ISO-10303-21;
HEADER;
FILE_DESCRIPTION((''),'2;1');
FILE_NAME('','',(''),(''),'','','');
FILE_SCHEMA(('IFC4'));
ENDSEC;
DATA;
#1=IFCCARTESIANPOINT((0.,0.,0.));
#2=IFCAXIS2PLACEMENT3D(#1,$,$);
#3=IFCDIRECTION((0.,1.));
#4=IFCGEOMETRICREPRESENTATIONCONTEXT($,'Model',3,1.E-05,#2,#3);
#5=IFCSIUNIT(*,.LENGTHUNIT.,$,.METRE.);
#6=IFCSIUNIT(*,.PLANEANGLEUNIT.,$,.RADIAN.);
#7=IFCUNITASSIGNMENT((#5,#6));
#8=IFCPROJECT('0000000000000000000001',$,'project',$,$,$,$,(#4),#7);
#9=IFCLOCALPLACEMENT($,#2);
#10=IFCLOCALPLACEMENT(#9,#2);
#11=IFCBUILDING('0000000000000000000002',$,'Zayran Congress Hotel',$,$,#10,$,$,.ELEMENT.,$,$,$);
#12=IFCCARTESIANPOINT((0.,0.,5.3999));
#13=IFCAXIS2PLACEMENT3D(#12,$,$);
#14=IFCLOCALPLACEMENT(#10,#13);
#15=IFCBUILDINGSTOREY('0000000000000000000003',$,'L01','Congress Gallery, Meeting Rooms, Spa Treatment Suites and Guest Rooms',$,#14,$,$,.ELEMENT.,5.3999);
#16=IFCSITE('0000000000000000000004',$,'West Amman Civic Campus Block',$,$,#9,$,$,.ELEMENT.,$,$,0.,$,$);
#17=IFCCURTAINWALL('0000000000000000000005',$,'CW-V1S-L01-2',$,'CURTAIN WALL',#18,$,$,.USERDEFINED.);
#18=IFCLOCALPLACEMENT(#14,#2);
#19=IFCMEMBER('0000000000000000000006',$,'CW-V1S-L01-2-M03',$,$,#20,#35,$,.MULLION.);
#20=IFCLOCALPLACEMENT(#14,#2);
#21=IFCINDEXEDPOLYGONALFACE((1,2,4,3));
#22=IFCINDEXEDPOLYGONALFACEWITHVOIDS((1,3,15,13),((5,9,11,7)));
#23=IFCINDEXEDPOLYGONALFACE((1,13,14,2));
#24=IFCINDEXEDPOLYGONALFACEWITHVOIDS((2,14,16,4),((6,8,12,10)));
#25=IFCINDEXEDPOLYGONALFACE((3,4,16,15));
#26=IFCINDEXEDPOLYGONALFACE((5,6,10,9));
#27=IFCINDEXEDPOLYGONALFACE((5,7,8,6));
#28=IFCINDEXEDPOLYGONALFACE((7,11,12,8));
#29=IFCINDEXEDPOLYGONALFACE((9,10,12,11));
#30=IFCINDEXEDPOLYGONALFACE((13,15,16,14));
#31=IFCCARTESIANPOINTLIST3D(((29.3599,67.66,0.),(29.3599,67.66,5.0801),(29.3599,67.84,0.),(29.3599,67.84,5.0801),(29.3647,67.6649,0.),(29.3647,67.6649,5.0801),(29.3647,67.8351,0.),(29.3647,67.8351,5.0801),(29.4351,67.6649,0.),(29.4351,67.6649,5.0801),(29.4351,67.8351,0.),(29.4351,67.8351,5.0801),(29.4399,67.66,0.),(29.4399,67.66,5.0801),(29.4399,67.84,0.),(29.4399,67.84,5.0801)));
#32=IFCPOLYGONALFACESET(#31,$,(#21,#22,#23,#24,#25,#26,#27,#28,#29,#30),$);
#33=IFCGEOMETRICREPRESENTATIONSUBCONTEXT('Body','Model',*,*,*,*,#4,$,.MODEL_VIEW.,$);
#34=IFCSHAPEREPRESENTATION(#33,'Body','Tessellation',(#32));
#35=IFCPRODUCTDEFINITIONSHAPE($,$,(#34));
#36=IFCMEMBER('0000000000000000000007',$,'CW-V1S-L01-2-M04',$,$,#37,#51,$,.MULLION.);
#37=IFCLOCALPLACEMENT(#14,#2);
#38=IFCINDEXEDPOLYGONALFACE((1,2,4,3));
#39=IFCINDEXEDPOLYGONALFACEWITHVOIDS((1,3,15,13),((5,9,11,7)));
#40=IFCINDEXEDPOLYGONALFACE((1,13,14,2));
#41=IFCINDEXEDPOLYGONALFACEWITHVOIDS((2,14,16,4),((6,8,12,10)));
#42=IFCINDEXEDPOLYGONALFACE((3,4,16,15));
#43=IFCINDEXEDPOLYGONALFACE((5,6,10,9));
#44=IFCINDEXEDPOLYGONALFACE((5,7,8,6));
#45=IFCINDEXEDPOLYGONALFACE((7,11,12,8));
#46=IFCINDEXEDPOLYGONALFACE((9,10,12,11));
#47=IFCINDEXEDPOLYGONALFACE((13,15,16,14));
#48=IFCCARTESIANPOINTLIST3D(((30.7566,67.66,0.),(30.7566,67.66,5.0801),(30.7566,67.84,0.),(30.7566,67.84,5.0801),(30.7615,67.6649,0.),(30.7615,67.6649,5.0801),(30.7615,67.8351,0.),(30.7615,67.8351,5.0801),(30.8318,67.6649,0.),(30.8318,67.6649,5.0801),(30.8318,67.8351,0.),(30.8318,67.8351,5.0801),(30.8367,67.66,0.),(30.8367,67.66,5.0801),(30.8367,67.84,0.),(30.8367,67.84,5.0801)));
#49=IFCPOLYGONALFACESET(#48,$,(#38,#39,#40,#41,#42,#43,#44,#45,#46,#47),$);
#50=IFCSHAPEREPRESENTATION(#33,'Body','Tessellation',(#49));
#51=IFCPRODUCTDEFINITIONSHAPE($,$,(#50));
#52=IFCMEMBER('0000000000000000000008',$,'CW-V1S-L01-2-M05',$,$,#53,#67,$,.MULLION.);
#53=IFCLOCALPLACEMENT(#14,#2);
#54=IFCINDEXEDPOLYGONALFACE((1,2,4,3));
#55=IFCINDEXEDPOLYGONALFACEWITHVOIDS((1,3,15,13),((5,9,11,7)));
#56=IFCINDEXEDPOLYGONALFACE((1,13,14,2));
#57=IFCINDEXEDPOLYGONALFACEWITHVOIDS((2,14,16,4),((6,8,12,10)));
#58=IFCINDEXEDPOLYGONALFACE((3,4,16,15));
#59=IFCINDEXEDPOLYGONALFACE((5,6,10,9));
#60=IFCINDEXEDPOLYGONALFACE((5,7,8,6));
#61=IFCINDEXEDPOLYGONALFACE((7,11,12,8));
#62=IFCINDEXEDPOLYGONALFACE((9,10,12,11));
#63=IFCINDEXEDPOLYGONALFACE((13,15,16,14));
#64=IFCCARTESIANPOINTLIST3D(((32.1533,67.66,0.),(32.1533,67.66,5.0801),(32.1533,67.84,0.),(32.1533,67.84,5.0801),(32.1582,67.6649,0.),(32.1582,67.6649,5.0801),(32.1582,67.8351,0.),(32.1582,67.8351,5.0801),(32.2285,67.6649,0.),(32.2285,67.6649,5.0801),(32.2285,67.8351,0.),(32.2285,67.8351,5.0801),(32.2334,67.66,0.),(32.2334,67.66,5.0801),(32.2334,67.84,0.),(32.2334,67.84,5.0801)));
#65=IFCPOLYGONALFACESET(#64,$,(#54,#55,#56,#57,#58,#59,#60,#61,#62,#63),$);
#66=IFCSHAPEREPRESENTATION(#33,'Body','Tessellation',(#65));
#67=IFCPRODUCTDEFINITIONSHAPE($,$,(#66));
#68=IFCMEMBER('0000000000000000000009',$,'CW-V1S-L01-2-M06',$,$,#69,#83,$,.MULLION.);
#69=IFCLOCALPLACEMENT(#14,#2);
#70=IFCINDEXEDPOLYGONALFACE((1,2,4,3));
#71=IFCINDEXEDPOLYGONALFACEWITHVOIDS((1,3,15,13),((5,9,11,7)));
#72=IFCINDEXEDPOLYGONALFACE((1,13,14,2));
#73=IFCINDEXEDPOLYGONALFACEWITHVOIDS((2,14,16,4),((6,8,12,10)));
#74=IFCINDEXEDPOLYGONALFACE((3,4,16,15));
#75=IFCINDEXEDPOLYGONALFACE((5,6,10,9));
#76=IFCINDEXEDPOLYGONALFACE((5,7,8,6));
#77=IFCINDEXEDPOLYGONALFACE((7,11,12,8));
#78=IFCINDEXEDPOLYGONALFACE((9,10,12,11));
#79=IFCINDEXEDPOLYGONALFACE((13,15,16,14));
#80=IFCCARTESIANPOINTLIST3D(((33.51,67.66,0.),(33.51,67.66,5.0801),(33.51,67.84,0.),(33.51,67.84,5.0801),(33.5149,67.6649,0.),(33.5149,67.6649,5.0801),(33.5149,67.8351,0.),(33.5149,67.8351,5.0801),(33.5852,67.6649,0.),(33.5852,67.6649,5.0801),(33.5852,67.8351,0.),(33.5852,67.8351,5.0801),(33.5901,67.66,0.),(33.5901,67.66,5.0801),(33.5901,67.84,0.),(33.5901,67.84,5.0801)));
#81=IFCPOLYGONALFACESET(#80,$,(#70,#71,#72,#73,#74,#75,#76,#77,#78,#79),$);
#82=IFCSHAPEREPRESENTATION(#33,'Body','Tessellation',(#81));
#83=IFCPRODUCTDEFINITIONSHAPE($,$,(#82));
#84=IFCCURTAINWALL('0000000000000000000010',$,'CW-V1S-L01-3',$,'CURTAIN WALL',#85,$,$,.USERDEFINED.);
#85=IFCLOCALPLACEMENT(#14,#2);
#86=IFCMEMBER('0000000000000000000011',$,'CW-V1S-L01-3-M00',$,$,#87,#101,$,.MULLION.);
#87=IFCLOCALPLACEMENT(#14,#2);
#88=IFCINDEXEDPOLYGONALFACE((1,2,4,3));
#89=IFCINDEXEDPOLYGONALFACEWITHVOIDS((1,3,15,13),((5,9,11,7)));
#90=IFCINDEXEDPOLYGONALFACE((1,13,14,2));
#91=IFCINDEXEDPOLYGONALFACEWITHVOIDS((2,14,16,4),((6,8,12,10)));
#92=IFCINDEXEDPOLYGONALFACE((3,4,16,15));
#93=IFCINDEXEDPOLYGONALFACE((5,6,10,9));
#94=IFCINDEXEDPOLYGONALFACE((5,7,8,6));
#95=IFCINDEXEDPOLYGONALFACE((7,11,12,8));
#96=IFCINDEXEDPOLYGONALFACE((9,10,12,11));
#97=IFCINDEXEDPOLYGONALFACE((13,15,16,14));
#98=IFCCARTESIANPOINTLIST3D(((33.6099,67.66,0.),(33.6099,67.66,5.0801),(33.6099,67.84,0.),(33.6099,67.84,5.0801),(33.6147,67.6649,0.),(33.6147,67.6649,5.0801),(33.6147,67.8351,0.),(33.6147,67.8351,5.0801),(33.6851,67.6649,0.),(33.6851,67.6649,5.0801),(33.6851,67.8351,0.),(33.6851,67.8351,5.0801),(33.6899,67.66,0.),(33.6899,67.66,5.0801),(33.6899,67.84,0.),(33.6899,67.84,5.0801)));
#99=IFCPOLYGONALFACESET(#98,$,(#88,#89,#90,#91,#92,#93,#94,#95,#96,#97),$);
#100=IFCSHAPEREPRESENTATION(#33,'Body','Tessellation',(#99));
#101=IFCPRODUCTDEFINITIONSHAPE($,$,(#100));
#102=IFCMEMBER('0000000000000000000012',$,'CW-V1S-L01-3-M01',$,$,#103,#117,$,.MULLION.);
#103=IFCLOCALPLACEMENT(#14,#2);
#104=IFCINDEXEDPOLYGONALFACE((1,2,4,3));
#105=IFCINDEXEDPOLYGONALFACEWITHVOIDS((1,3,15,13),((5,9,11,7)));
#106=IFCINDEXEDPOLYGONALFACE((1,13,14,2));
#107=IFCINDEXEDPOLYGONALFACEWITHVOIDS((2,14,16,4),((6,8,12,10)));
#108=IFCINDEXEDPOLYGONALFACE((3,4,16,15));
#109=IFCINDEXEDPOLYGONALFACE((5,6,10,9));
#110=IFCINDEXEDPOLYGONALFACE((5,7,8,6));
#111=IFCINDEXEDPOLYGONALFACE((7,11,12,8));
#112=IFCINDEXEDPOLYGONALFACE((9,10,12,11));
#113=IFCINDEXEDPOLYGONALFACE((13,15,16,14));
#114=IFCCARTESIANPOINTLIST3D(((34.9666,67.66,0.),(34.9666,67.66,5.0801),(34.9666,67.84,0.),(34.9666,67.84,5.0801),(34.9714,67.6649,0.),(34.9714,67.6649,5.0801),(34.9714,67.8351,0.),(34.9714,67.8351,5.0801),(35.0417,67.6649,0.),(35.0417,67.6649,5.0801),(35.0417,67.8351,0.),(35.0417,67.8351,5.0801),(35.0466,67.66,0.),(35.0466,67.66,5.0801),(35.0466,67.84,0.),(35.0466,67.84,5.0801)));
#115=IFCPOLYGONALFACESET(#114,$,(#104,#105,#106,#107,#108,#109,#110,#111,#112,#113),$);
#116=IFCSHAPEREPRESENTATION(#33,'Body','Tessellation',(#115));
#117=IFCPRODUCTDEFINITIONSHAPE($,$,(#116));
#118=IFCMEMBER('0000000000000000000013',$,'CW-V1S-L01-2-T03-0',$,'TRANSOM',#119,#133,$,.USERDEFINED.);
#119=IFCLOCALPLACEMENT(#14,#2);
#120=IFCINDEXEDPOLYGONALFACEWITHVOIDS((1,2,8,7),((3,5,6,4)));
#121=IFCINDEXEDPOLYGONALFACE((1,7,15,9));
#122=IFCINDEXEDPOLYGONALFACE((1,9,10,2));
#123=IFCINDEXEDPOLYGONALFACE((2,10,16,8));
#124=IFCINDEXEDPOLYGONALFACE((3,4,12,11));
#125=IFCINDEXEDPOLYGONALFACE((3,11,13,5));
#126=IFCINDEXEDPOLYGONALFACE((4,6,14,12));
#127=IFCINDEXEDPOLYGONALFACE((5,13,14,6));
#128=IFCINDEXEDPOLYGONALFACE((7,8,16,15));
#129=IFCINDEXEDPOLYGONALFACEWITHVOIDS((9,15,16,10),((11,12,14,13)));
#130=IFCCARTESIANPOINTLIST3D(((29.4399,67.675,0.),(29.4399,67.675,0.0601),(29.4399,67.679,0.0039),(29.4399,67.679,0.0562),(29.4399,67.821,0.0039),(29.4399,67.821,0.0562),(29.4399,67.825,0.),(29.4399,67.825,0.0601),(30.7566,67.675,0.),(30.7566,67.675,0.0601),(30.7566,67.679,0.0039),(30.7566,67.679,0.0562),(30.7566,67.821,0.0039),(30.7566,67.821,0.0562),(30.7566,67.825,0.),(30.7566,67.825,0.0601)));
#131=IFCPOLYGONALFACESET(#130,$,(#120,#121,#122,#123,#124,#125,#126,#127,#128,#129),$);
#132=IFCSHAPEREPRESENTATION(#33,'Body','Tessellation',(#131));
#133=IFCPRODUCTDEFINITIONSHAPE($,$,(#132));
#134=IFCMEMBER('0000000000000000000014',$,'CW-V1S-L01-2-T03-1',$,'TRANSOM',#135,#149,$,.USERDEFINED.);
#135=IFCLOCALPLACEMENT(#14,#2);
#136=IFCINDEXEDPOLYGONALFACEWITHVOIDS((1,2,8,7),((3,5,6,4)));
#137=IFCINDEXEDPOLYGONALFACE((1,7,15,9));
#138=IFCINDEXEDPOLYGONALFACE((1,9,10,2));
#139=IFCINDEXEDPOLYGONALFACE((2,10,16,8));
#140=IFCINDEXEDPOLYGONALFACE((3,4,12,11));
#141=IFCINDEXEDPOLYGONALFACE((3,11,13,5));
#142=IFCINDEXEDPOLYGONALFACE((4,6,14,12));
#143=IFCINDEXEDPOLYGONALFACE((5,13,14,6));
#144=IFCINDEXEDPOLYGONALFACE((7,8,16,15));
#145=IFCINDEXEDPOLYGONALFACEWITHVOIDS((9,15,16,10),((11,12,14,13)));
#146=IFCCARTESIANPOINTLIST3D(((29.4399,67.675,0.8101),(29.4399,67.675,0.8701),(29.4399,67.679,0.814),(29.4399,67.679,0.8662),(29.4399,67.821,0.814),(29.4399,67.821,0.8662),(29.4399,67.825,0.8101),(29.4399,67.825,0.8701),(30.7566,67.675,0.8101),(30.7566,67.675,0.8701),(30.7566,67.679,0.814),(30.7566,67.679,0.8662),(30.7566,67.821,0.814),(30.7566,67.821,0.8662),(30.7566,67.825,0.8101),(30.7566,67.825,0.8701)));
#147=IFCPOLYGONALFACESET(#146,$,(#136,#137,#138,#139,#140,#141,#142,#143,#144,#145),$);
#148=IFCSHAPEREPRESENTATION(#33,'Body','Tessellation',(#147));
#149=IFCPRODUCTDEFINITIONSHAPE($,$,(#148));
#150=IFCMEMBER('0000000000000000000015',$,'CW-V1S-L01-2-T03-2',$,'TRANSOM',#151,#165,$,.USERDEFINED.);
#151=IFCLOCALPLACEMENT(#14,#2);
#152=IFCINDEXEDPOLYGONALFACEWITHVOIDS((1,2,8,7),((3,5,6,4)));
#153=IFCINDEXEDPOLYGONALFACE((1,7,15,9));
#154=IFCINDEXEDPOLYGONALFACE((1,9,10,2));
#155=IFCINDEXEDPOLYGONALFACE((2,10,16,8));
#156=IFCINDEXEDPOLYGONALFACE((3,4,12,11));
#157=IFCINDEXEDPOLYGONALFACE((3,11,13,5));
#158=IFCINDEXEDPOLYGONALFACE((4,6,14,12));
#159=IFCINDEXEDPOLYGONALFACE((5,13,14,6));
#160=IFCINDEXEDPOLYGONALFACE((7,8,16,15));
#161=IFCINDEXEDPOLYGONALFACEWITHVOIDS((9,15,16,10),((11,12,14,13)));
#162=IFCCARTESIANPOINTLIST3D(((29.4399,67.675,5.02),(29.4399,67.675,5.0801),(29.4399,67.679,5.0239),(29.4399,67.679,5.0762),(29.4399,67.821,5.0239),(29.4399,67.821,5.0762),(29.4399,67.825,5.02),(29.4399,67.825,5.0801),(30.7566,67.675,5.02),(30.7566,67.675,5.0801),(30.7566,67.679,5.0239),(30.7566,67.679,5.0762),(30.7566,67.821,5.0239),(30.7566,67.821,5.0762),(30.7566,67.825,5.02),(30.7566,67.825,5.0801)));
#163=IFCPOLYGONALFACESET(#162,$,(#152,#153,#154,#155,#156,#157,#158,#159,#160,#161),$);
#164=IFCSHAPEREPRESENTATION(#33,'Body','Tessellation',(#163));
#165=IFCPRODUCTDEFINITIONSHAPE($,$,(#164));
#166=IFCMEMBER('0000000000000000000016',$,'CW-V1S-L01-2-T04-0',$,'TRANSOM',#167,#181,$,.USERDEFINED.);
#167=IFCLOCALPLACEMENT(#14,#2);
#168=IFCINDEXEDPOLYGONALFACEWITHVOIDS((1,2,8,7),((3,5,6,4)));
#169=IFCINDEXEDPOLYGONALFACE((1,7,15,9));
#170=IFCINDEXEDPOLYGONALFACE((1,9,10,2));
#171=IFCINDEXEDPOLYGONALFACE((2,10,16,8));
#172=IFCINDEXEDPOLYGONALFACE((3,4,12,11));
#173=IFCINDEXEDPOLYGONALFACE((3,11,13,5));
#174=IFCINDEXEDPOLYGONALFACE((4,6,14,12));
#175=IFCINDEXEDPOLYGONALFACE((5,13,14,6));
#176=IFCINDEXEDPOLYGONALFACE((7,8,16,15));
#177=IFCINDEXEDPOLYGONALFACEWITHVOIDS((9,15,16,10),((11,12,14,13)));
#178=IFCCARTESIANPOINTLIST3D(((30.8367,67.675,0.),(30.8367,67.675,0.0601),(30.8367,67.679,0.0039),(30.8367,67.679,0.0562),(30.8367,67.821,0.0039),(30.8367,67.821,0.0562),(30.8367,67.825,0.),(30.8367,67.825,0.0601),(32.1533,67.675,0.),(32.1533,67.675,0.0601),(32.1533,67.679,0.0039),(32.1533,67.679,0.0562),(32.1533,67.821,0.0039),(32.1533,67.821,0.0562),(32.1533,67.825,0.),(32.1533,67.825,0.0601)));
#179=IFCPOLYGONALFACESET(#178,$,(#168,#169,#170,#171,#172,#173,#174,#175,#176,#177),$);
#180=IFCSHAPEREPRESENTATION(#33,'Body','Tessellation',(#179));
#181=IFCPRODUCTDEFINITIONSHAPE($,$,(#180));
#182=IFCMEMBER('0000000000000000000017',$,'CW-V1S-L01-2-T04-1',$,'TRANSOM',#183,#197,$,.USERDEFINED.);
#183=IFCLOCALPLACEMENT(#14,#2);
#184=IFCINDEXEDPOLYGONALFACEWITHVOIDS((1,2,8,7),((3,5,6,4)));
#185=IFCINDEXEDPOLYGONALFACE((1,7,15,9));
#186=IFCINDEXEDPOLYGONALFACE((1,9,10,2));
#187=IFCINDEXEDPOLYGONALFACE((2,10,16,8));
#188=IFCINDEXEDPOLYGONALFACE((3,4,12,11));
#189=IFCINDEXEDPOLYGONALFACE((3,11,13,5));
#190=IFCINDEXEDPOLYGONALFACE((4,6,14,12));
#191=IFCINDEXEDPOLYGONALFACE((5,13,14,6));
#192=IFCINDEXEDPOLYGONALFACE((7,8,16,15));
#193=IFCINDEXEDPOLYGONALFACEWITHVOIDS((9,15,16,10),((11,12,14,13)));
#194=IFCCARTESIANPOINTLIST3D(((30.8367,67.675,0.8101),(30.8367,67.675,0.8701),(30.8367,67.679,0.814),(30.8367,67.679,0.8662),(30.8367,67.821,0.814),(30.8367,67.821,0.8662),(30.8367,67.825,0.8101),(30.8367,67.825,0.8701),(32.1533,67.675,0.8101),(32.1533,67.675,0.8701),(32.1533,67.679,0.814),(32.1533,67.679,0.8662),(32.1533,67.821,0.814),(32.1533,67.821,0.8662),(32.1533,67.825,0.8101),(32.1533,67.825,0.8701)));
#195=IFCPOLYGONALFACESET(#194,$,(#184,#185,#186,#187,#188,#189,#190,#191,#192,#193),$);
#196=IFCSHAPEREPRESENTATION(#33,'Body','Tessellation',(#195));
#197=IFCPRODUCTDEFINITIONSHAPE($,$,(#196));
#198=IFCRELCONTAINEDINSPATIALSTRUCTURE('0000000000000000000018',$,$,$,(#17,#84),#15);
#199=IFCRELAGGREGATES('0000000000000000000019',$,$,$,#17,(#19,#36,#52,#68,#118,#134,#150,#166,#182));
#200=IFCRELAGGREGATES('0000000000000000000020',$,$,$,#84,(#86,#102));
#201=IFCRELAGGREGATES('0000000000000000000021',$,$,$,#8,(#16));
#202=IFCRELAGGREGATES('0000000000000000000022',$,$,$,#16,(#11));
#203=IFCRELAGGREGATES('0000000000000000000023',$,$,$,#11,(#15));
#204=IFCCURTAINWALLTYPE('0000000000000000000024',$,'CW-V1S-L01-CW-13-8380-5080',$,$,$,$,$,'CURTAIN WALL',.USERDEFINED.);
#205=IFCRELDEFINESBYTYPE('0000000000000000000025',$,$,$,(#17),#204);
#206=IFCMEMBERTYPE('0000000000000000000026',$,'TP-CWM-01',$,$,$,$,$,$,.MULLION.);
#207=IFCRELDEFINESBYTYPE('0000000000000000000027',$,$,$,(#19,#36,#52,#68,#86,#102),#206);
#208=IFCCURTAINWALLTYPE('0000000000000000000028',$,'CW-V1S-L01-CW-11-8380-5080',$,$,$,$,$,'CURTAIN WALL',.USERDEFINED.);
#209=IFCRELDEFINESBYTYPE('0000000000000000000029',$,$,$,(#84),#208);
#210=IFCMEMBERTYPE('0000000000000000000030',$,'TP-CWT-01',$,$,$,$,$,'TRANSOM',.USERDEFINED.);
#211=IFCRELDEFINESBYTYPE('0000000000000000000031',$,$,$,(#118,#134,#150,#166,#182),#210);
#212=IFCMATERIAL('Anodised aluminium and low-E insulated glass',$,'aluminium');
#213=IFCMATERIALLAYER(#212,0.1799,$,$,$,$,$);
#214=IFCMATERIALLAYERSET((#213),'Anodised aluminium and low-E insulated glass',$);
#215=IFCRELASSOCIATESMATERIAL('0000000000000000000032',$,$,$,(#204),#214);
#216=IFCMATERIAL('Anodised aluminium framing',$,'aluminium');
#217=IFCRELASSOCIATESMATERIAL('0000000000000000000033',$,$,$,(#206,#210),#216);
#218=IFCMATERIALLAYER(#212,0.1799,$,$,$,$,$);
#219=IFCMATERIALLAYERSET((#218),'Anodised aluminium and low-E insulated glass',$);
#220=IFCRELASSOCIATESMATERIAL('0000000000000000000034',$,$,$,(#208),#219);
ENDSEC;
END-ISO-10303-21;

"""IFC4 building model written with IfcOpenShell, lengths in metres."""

from ifc_helpers import new_model, si_unit, direction, frame, origin, origin_2d, place, context, subcontext, project, spatial, hollow_rectangle, extrude, material, layer, layer_set, material_profile, profile_set, type_object, element, aggregate, save


model = new_model("IFC4")

# Units and contexts
model_context = context("Model", 3, precision=1e-05, world=origin(), true_north=direction((0.0, 1.0)))
body_context = subcontext(model_context, "Body", "Model", "MODEL_VIEW")
ifc_project = project(units=[si_unit("LENGTHUNIT", "METRE"), si_unit("PLANEANGLEUNIT", "RADIAN")], contexts=[model_context])

# Site, building, storey
site_placement = place(None, origin())
site = spatial("IfcSite", under=ifc_project, at=site_placement, Name="West Amman Civic Campus Block", CompositionType="ELEMENT", RefElevation=0.0)
building_placement = place(site_placement, origin())
building = spatial("IfcBuilding", under=site, at=building_placement, Name="Zayran Congress Hotel", CompositionType="ELEMENT")
storey_placement = place(building_placement, frame((0.0, 0.0, 5.3999)))
storey = spatial("IfcBuildingStorey", under=building, at=storey_placement, Name="L01", Description="Congress Gallery, Meeting Rooms, Spa Treatment Suites and Guest Rooms", CompositionType="ELEMENT", Elevation=5.3999)

# Curtain walls, members
ifc_material_1 = material(Name="Anodised aluminium and low-E insulated glass", Category="aluminium")
ifc_layer_1 = layer(ifc_material_1, 0.1799)
ifc_layer_set_1 = layer_set([ifc_layer_1], Name="Anodised aluminium and low-E insulated glass")
curtain_wall_type_1 = type_object("IfcCurtainWallType", Name="CW-V1S-L01-CW-13-8380-5080", ElementType="CURTAIN WALL", PredefinedType="USERDEFINED", material=ifc_layer_set_1)
curtain_wall_1_placement = place(storey_placement, origin())
curtain_wall_1 = element("IfcCurtainWall", 1, at=curtain_wall_1_placement, inside=storey, type_object=curtain_wall_type_1, Name="CW-V1S-L01-2", ObjectType="CURTAIN WALL", PredefinedType="USERDEFINED")
ifc_material_2 = material(Name="Anodised aluminium framing", Category="aluminium")
ifc_material_profile_1 = material_profile(ifc_material_2, hollow_rectangle(XDim=0.0801, YDim=0.1799, WallThickness=0.0049, at=origin_2d()), Name="RHS 180x80x5")
ifc_profile_set_1 = profile_set([ifc_material_profile_1], Name="Anodised aluminium framing")
member_type_1 = type_object("IfcMemberType", Name="TP-CWM-01", PredefinedType="MULLION", material=ifc_profile_set_1)
member_1_placement = place(storey_placement, frame((29.3999, 67.75, 0.0), z_axis=(0.0, 0.0, 1.0), x_axis=(1.0, 0.0, 0.0)))
member_1 = element("IfcMember", 2, at=member_1_placement, type_object=member_type_1, Name="CW-V1S-L01-2-M03", PredefinedType="MULLION", context=body_context, shape_type="SweptSolid", body=[
    extrude(hollow_rectangle(XDim=0.0801, YDim=0.1799, WallThickness=0.0049, at=origin_2d()), origin(), (0.0, 0.0, 1.0), 5.0801),
])
member_2_placement = place(storey_placement, frame((30.7966, 67.75, 0.0), z_axis=(0.0, 0.0, 1.0), x_axis=(1.0, 0.0, 0.0)))
member_2 = element("IfcMember", 3, at=member_2_placement, type_object=member_type_1, Name="CW-V1S-L01-2-M04", PredefinedType="MULLION", context=body_context, shape_type="SweptSolid", body=[
    extrude(hollow_rectangle(XDim=0.0801, YDim=0.1799, WallThickness=0.0049, at=origin_2d()), origin(), (0.0, 0.0, 1.0), 5.0801),
])
member_3_placement = place(storey_placement, frame((32.1934, 67.75, 0.0), z_axis=(0.0, 0.0, 1.0), x_axis=(1.0, 0.0, 0.0)))
member_3 = element("IfcMember", 4, at=member_3_placement, type_object=member_type_1, Name="CW-V1S-L01-2-M05", PredefinedType="MULLION", context=body_context, shape_type="SweptSolid", body=[
    extrude(hollow_rectangle(XDim=0.0801, YDim=0.1799, WallThickness=0.0049, at=origin_2d()), origin(), (0.0, 0.0, 1.0), 5.0801),
])
member_4_placement = place(storey_placement, frame((33.55, 67.75, 0.0), z_axis=(0.0, 0.0, 1.0), x_axis=(1.0, 0.0, 0.0)))
member_4 = element("IfcMember", 5, at=member_4_placement, type_object=member_type_1, Name="CW-V1S-L01-2-M06", PredefinedType="MULLION", context=body_context, shape_type="SweptSolid", body=[
    extrude(hollow_rectangle(XDim=0.0801, YDim=0.1799, WallThickness=0.0049, at=origin_2d()), origin(), (0.0, 0.0, 1.0), 5.0801),
])
ifc_layer_2 = layer(ifc_material_1, 0.1799)
ifc_layer_set_2 = layer_set([ifc_layer_2], Name="Anodised aluminium and low-E insulated glass")
curtain_wall_type_2 = type_object("IfcCurtainWallType", Name="CW-V1S-L01-CW-11-8380-5080", ElementType="CURTAIN WALL", PredefinedType="USERDEFINED", material=ifc_layer_set_2)
curtain_wall_2_placement = place(storey_placement, origin())
curtain_wall_2 = element("IfcCurtainWall", 6, at=curtain_wall_2_placement, inside=storey, type_object=curtain_wall_type_2, Name="CW-V1S-L01-3", ObjectType="CURTAIN WALL", PredefinedType="USERDEFINED")
member_5_placement = place(storey_placement, frame((33.6499, 67.75, 0.0), z_axis=(0.0, 0.0, 1.0), x_axis=(1.0, 0.0, 0.0)))
member_5 = element("IfcMember", 7, at=member_5_placement, type_object=member_type_1, Name="CW-V1S-L01-3-M00", PredefinedType="MULLION", context=body_context, shape_type="SweptSolid", body=[
    extrude(hollow_rectangle(XDim=0.0801, YDim=0.1799, WallThickness=0.0049, at=origin_2d()), origin(), (0.0, 0.0, 1.0), 5.0801),
])
member_6_placement = place(storey_placement, frame((35.0066, 67.75, 0.0), z_axis=(0.0, 0.0, 1.0), x_axis=(1.0, 0.0, 0.0)))
member_6 = element("IfcMember", 8, at=member_6_placement, type_object=member_type_1, Name="CW-V1S-L01-3-M01", PredefinedType="MULLION", context=body_context, shape_type="SweptSolid", body=[
    extrude(hollow_rectangle(XDim=0.0801, YDim=0.1799, WallThickness=0.0049, at=origin_2d()), origin(), (0.0, 0.0, 1.0), 5.0801),
])

# Members
ifc_material_profile_2 = material_profile(ifc_material_2, hollow_rectangle(XDim=0.0601, YDim=0.1499, WallThickness=0.0039, at=origin_2d()), Name="RHS 150x60x4")
ifc_profile_set_2 = profile_set([ifc_material_profile_2], Name="Anodised aluminium framing")
member_type_2 = type_object("IfcMemberType", Name="TP-CWT-01", ElementType="TRANSOM", PredefinedType="USERDEFINED", material=ifc_profile_set_2)
member_7_placement = place(storey_placement, frame((29.4399, 67.75, 0.03), z_axis=(1.0, 0.0, 0.0), x_axis=(0.0, 0.0, 1.0)))
member_7 = element("IfcMember", 9, at=member_7_placement, type_object=member_type_2, Name="CW-V1S-L01-2-T03-0", ObjectType="TRANSOM", PredefinedType="USERDEFINED", context=body_context, shape_type="SweptSolid", body=[
    extrude(hollow_rectangle(XDim=0.0601, YDim=0.1499, WallThickness=0.0039, at=origin_2d()), origin(), (0.0, 0.0, 1.0), 1.3167),
])
member_8_placement = place(storey_placement, frame((29.4399, 67.75, 0.8401), z_axis=(1.0, 0.0, 0.0), x_axis=(0.0, 0.0, 1.0)))
member_8 = element("IfcMember", 10, at=member_8_placement, type_object=member_type_2, Name="CW-V1S-L01-2-T03-1", ObjectType="TRANSOM", PredefinedType="USERDEFINED", context=body_context, shape_type="SweptSolid", body=[
    extrude(hollow_rectangle(XDim=0.0601, YDim=0.1499, WallThickness=0.0039, at=origin_2d()), origin(), (0.0, 0.0, 1.0), 1.3167),
])
member_9_placement = place(storey_placement, frame((29.4399, 67.75, 5.05), z_axis=(1.0, 0.0, 0.0), x_axis=(0.0, 0.0, 1.0)))
member_9 = element("IfcMember", 11, at=member_9_placement, type_object=member_type_2, Name="CW-V1S-L01-2-T03-2", ObjectType="TRANSOM", PredefinedType="USERDEFINED", context=body_context, shape_type="SweptSolid", body=[
    extrude(hollow_rectangle(XDim=0.0601, YDim=0.1499, WallThickness=0.0039, at=origin_2d()), origin(), (0.0, 0.0, 1.0), 1.3167),
])
member_10_placement = place(storey_placement, frame((30.8367, 67.75, 0.03), z_axis=(1.0, 0.0, 0.0), x_axis=(0.0, 0.0, 1.0)))
member_10 = element("IfcMember", 12, at=member_10_placement, type_object=member_type_2, Name="CW-V1S-L01-2-T04-0", ObjectType="TRANSOM", PredefinedType="USERDEFINED", context=body_context, shape_type="SweptSolid", body=[
    extrude(hollow_rectangle(XDim=0.0601, YDim=0.1499, WallThickness=0.0039, at=origin_2d()), origin(), (0.0, 0.0, 1.0), 1.3167),
])
member_11_placement = place(storey_placement, frame((30.8367, 67.75, 0.8401), z_axis=(1.0, 0.0, 0.0), x_axis=(0.0, 0.0, 1.0)))
member_11 = element("IfcMember", 13, at=member_11_placement, type_object=member_type_2, Name="CW-V1S-L01-2-T04-1", ObjectType="TRANSOM", PredefinedType="USERDEFINED", context=body_context, shape_type="SweptSolid", body=[
    extrude(hollow_rectangle(XDim=0.0601, YDim=0.1499, WallThickness=0.0039, at=origin_2d()), origin(), (0.0, 0.0, 1.0), 1.3167),
])

aggregate(curtain_wall_1, [member_1, member_2, member_3, member_4, member_7, member_8, member_9, member_10, member_11])
aggregate(curtain_wall_2, [member_5, member_6])

save(model, "model.ifc")
